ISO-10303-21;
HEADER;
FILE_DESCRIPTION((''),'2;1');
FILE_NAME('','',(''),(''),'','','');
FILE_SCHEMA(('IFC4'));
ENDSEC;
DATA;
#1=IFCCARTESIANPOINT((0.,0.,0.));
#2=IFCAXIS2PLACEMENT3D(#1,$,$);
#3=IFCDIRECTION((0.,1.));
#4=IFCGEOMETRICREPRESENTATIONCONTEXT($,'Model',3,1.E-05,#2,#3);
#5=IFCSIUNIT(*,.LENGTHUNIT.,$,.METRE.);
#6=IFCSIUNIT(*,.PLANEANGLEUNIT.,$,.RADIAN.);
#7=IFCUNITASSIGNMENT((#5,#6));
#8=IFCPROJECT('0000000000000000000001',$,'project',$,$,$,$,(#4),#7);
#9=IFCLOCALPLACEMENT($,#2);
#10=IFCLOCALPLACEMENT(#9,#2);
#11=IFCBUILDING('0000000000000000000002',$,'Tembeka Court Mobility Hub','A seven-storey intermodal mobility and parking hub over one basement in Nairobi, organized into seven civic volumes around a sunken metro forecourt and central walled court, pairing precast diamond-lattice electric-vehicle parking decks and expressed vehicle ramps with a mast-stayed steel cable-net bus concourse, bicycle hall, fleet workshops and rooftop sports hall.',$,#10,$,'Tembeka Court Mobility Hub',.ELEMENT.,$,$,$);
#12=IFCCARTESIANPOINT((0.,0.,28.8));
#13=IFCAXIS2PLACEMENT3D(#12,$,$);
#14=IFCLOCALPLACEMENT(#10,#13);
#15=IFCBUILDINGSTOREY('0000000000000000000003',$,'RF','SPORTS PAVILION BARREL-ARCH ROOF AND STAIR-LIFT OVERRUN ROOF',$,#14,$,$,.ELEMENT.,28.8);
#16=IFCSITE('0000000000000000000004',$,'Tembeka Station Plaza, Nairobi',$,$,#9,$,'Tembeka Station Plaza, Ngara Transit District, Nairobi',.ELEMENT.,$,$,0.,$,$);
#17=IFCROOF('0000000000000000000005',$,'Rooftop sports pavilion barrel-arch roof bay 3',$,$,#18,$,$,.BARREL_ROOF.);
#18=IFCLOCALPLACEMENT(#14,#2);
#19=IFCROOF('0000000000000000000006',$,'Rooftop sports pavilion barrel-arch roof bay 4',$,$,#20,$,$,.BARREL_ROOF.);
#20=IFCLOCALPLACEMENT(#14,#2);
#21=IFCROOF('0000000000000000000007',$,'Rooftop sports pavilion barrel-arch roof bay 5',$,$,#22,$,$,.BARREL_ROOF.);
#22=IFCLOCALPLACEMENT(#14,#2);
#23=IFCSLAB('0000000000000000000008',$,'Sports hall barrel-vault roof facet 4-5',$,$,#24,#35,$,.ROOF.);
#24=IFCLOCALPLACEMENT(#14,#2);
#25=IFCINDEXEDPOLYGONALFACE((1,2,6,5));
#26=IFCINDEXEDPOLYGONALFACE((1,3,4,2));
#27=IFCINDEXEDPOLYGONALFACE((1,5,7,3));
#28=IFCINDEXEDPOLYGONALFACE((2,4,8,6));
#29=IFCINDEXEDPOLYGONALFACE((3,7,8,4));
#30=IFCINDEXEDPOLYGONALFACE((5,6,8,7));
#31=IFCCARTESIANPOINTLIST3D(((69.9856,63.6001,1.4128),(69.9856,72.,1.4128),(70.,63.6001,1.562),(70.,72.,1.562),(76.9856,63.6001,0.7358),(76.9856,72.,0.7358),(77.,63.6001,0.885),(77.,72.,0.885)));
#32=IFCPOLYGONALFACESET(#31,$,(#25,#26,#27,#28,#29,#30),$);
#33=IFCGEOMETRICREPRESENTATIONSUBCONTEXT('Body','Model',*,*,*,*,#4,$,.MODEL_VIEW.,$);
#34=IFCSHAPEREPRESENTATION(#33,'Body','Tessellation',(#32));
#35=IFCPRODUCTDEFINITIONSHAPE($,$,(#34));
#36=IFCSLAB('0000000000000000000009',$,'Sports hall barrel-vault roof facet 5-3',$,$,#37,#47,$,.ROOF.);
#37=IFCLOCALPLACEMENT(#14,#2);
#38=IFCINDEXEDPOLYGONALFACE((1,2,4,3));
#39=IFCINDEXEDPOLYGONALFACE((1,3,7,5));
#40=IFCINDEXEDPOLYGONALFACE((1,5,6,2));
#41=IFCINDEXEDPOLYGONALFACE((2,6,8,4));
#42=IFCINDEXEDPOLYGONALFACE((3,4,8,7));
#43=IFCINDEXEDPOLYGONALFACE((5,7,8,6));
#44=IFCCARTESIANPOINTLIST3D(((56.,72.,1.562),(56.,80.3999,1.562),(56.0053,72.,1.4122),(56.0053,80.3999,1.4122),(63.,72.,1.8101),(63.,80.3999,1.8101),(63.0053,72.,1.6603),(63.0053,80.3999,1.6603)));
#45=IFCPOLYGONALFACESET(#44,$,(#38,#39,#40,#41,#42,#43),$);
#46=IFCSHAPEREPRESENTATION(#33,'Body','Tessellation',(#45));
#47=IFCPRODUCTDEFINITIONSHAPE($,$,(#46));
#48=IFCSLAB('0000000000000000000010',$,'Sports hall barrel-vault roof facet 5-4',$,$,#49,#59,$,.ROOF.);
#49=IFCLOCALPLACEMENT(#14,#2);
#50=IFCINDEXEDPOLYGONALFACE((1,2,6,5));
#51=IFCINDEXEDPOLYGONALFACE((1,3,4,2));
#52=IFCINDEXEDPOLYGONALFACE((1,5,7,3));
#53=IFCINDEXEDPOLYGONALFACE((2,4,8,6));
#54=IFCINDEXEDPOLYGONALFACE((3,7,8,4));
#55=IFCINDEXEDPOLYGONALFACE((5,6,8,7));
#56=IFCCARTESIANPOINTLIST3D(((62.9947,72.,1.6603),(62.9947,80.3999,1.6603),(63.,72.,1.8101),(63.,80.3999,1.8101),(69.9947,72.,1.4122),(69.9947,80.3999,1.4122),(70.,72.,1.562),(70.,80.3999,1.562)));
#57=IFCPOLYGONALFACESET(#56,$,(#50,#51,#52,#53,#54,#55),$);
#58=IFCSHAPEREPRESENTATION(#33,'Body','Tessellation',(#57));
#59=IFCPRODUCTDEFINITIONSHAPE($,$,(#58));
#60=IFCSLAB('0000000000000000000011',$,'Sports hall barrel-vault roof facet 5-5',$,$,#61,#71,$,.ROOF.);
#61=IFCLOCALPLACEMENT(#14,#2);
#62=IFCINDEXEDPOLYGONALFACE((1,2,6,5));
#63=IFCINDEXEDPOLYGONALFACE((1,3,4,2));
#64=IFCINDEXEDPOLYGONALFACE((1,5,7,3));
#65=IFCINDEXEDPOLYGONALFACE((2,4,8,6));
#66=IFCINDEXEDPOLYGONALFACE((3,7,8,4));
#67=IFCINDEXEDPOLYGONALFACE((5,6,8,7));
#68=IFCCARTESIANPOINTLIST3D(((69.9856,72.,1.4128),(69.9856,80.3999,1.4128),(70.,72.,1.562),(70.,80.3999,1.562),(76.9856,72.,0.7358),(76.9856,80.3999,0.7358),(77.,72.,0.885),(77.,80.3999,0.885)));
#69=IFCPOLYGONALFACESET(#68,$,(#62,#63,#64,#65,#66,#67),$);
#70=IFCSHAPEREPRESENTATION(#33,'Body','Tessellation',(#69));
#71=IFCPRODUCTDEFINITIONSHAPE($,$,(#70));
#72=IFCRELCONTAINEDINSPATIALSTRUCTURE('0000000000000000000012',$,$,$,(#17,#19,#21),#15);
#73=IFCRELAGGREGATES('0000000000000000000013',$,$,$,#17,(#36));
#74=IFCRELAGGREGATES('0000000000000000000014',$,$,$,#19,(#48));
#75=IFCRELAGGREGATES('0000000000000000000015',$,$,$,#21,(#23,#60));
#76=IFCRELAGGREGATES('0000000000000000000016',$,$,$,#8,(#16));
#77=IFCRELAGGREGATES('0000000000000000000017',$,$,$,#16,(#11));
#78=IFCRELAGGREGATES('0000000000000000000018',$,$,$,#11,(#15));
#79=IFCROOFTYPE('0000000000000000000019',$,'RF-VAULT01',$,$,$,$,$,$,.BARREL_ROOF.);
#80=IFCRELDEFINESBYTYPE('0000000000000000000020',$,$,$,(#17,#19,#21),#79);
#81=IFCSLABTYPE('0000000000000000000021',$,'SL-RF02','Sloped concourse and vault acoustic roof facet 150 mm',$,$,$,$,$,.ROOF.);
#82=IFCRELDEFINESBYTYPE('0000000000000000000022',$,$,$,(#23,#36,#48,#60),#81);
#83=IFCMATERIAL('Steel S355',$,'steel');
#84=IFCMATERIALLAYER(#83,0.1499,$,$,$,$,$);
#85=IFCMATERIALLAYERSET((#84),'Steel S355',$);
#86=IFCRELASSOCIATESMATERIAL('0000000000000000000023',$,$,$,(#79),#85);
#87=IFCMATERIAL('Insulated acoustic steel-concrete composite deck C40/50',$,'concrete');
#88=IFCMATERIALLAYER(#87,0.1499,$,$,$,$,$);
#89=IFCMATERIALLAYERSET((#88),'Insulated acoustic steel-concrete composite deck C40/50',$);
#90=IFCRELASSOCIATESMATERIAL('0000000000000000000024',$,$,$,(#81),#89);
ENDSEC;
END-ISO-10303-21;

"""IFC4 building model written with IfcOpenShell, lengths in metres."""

from ifc_helpers import new_model, si_unit, direction, frame, origin, place, context, subcontext, project, spatial, polyline, outline, extrude, material, layer, layer_set, type_object, element, aggregate, save


model = new_model("IFC4")

# Units and contexts
model_context = context("Model", 3, precision=1e-05, world=origin(), true_north=direction((0.0, 1.0)))
body_context = subcontext(model_context, "Body", "Model", "MODEL_VIEW")
ifc_project = project(units=[si_unit("LENGTHUNIT", "METRE"), si_unit("PLANEANGLEUNIT", "RADIAN")], contexts=[model_context])

# Site, building, storey
site_placement = place(None, origin())
site = spatial("IfcSite", under=ifc_project, at=site_placement, Name="Tembeka Station Plaza, Nairobi", LongName="Tembeka Station Plaza, Ngara Transit District, Nairobi", CompositionType="ELEMENT", RefElevation=0.0)
building_placement = place(site_placement, origin())
building = spatial("IfcBuilding", under=site, at=building_placement, Name="Tembeka Court Mobility Hub", Description="A seven-storey intermodal mobility and parking hub over one basement in Nairobi, organized into seven civic volumes around a sunken metro forecourt and central walled court, pairing precast diamond-lattice electric-vehicle parking decks and expressed vehicle ramps with a mast-stayed steel cable-net bus concourse, bicycle hall, fleet workshops and rooftop sports hall.", LongName="Tembeka Court Mobility Hub", CompositionType="ELEMENT")
storey_placement = place(building_placement, frame((0.0, 0.0, 28.8)))
storey = spatial("IfcBuildingStorey", under=building, at=storey_placement, Name="RF", Description="SPORTS PAVILION BARREL-ARCH ROOF AND STAIR-LIFT OVERRUN ROOF", CompositionType="ELEMENT", Elevation=28.8)

# Shared definitions
ifc_material_1 = material(Name="Steel S355", Category="steel")

# Roofs, slab
ifc_layer_1 = layer(ifc_material_1, 0.1499)
ifc_layer_set_1 = layer_set([ifc_layer_1], Name="Steel S355")
roof_type = type_object("IfcRoofType", Name="RF-VAULT01", PredefinedType="BARREL_ROOF", material=ifc_layer_set_1)
roof_1_placement = place(storey_placement, origin())
roof_1 = element("IfcRoof", 1, at=roof_1_placement, inside=storey, type_object=roof_type, Name="Rooftop sports pavilion barrel-arch roof bay 3", PredefinedType="BARREL_ROOF")
ifc_material_2 = material(Name="Insulated acoustic steel-concrete composite deck C40/50", Category="concrete")
ifc_layer_2 = layer(ifc_material_2, 0.1499)
ifc_layer_set_2 = layer_set([ifc_layer_2], Name="Insulated acoustic steel-concrete composite deck C40/50")
slab_type = type_object("IfcSlabType", Name="SL-RF02", Description="Sloped concourse and vault acoustic roof facet 150 mm", PredefinedType="ROOF", material=ifc_layer_set_2)
roof_2_placement = place(storey_placement, origin())
roof_2 = element("IfcRoof", 2, at=roof_2_placement, inside=storey, type_object=roof_type, Name="Rooftop sports pavilion barrel-arch roof bay 4", PredefinedType="BARREL_ROOF")
roof_3_placement = place(storey_placement, origin())
roof_3 = element("IfcRoof", 3, at=roof_3_placement, inside=storey, type_object=roof_type, Name="Rooftop sports pavilion barrel-arch roof bay 5", PredefinedType="BARREL_ROOF")
slab_1_placement = place(storey_placement, frame((70.0, 63.6001, 1.562), z_axis=(0.096265, 0.0, 0.995356), x_axis=(0.995356, 0.0, -0.096265)))
slab_1 = element("IfcSlab", 4, at=slab_1_placement, type_object=slab_type, Name="Sports hall barrel-vault roof facet 4-5", PredefinedType="ROOF", context=body_context, shape_type="SweptSolid", body=[
    extrude(outline(polyline([(0.0, 0.0), (7.0327, 0.0), (7.0327, 8.3999), (0.0, 8.3999), (0.0, 0.0)])), origin(), (0.0, 0.0, -1.0), 0.1499),
])

# Slabs
slab_2_placement = place(storey_placement, frame((56.0, 72.0, 1.562), z_axis=(-0.035413, 0.0, 0.999373), x_axis=(0.999373, 0.0, 0.035413)))
slab_2 = element("IfcSlab", 5, at=slab_2_placement, type_object=slab_type, Name="Sports hall barrel-vault roof facet 5-3", PredefinedType="ROOF", context=body_context, shape_type="SweptSolid", body=[
    extrude(outline(polyline([(0.0, 0.0), (7.0044, 0.0), (7.0044, 8.3999), (0.0, 8.3999), (0.0, 0.0)])), origin(), (0.0, 0.0, -1.0), 0.1499),
])
aggregate(roof_1, [slab_2])
slab_3_placement = place(storey_placement, frame((63.0, 72.0, 1.8101), z_axis=(0.035413, 0.0, 0.999373), x_axis=(0.999373, 0.0, -0.035413)))
slab_3 = element("IfcSlab", 6, at=slab_3_placement, type_object=slab_type, Name="Sports hall barrel-vault roof facet 5-4", PredefinedType="ROOF", context=body_context, shape_type="SweptSolid", body=[
    extrude(outline(polyline([(0.0, 0.0), (7.0044, 0.0), (7.0044, 8.3999), (0.0, 8.3999), (0.0, 0.0)])), origin(), (0.0, 0.0, -1.0), 0.1499),
])
aggregate(roof_2, [slab_3])
slab_4_placement = place(storey_placement, frame((70.0, 72.0, 1.562), z_axis=(0.096265, 0.0, 0.995356), x_axis=(0.995356, 0.0, -0.096265)))
slab_4 = element("IfcSlab", 7, at=slab_4_placement, type_object=slab_type, Name="Sports hall barrel-vault roof facet 5-5", PredefinedType="ROOF", context=body_context, shape_type="SweptSolid", body=[
    extrude(outline(polyline([(0.0, 0.0), (7.0327, 0.0), (7.0327, 8.3999), (0.0, 8.3999), (0.0, 0.0)])), origin(), (0.0, 0.0, -1.0), 0.1499),
])
aggregate(roof_3, [slab_1, slab_4])

save(model, "model.ifc")
